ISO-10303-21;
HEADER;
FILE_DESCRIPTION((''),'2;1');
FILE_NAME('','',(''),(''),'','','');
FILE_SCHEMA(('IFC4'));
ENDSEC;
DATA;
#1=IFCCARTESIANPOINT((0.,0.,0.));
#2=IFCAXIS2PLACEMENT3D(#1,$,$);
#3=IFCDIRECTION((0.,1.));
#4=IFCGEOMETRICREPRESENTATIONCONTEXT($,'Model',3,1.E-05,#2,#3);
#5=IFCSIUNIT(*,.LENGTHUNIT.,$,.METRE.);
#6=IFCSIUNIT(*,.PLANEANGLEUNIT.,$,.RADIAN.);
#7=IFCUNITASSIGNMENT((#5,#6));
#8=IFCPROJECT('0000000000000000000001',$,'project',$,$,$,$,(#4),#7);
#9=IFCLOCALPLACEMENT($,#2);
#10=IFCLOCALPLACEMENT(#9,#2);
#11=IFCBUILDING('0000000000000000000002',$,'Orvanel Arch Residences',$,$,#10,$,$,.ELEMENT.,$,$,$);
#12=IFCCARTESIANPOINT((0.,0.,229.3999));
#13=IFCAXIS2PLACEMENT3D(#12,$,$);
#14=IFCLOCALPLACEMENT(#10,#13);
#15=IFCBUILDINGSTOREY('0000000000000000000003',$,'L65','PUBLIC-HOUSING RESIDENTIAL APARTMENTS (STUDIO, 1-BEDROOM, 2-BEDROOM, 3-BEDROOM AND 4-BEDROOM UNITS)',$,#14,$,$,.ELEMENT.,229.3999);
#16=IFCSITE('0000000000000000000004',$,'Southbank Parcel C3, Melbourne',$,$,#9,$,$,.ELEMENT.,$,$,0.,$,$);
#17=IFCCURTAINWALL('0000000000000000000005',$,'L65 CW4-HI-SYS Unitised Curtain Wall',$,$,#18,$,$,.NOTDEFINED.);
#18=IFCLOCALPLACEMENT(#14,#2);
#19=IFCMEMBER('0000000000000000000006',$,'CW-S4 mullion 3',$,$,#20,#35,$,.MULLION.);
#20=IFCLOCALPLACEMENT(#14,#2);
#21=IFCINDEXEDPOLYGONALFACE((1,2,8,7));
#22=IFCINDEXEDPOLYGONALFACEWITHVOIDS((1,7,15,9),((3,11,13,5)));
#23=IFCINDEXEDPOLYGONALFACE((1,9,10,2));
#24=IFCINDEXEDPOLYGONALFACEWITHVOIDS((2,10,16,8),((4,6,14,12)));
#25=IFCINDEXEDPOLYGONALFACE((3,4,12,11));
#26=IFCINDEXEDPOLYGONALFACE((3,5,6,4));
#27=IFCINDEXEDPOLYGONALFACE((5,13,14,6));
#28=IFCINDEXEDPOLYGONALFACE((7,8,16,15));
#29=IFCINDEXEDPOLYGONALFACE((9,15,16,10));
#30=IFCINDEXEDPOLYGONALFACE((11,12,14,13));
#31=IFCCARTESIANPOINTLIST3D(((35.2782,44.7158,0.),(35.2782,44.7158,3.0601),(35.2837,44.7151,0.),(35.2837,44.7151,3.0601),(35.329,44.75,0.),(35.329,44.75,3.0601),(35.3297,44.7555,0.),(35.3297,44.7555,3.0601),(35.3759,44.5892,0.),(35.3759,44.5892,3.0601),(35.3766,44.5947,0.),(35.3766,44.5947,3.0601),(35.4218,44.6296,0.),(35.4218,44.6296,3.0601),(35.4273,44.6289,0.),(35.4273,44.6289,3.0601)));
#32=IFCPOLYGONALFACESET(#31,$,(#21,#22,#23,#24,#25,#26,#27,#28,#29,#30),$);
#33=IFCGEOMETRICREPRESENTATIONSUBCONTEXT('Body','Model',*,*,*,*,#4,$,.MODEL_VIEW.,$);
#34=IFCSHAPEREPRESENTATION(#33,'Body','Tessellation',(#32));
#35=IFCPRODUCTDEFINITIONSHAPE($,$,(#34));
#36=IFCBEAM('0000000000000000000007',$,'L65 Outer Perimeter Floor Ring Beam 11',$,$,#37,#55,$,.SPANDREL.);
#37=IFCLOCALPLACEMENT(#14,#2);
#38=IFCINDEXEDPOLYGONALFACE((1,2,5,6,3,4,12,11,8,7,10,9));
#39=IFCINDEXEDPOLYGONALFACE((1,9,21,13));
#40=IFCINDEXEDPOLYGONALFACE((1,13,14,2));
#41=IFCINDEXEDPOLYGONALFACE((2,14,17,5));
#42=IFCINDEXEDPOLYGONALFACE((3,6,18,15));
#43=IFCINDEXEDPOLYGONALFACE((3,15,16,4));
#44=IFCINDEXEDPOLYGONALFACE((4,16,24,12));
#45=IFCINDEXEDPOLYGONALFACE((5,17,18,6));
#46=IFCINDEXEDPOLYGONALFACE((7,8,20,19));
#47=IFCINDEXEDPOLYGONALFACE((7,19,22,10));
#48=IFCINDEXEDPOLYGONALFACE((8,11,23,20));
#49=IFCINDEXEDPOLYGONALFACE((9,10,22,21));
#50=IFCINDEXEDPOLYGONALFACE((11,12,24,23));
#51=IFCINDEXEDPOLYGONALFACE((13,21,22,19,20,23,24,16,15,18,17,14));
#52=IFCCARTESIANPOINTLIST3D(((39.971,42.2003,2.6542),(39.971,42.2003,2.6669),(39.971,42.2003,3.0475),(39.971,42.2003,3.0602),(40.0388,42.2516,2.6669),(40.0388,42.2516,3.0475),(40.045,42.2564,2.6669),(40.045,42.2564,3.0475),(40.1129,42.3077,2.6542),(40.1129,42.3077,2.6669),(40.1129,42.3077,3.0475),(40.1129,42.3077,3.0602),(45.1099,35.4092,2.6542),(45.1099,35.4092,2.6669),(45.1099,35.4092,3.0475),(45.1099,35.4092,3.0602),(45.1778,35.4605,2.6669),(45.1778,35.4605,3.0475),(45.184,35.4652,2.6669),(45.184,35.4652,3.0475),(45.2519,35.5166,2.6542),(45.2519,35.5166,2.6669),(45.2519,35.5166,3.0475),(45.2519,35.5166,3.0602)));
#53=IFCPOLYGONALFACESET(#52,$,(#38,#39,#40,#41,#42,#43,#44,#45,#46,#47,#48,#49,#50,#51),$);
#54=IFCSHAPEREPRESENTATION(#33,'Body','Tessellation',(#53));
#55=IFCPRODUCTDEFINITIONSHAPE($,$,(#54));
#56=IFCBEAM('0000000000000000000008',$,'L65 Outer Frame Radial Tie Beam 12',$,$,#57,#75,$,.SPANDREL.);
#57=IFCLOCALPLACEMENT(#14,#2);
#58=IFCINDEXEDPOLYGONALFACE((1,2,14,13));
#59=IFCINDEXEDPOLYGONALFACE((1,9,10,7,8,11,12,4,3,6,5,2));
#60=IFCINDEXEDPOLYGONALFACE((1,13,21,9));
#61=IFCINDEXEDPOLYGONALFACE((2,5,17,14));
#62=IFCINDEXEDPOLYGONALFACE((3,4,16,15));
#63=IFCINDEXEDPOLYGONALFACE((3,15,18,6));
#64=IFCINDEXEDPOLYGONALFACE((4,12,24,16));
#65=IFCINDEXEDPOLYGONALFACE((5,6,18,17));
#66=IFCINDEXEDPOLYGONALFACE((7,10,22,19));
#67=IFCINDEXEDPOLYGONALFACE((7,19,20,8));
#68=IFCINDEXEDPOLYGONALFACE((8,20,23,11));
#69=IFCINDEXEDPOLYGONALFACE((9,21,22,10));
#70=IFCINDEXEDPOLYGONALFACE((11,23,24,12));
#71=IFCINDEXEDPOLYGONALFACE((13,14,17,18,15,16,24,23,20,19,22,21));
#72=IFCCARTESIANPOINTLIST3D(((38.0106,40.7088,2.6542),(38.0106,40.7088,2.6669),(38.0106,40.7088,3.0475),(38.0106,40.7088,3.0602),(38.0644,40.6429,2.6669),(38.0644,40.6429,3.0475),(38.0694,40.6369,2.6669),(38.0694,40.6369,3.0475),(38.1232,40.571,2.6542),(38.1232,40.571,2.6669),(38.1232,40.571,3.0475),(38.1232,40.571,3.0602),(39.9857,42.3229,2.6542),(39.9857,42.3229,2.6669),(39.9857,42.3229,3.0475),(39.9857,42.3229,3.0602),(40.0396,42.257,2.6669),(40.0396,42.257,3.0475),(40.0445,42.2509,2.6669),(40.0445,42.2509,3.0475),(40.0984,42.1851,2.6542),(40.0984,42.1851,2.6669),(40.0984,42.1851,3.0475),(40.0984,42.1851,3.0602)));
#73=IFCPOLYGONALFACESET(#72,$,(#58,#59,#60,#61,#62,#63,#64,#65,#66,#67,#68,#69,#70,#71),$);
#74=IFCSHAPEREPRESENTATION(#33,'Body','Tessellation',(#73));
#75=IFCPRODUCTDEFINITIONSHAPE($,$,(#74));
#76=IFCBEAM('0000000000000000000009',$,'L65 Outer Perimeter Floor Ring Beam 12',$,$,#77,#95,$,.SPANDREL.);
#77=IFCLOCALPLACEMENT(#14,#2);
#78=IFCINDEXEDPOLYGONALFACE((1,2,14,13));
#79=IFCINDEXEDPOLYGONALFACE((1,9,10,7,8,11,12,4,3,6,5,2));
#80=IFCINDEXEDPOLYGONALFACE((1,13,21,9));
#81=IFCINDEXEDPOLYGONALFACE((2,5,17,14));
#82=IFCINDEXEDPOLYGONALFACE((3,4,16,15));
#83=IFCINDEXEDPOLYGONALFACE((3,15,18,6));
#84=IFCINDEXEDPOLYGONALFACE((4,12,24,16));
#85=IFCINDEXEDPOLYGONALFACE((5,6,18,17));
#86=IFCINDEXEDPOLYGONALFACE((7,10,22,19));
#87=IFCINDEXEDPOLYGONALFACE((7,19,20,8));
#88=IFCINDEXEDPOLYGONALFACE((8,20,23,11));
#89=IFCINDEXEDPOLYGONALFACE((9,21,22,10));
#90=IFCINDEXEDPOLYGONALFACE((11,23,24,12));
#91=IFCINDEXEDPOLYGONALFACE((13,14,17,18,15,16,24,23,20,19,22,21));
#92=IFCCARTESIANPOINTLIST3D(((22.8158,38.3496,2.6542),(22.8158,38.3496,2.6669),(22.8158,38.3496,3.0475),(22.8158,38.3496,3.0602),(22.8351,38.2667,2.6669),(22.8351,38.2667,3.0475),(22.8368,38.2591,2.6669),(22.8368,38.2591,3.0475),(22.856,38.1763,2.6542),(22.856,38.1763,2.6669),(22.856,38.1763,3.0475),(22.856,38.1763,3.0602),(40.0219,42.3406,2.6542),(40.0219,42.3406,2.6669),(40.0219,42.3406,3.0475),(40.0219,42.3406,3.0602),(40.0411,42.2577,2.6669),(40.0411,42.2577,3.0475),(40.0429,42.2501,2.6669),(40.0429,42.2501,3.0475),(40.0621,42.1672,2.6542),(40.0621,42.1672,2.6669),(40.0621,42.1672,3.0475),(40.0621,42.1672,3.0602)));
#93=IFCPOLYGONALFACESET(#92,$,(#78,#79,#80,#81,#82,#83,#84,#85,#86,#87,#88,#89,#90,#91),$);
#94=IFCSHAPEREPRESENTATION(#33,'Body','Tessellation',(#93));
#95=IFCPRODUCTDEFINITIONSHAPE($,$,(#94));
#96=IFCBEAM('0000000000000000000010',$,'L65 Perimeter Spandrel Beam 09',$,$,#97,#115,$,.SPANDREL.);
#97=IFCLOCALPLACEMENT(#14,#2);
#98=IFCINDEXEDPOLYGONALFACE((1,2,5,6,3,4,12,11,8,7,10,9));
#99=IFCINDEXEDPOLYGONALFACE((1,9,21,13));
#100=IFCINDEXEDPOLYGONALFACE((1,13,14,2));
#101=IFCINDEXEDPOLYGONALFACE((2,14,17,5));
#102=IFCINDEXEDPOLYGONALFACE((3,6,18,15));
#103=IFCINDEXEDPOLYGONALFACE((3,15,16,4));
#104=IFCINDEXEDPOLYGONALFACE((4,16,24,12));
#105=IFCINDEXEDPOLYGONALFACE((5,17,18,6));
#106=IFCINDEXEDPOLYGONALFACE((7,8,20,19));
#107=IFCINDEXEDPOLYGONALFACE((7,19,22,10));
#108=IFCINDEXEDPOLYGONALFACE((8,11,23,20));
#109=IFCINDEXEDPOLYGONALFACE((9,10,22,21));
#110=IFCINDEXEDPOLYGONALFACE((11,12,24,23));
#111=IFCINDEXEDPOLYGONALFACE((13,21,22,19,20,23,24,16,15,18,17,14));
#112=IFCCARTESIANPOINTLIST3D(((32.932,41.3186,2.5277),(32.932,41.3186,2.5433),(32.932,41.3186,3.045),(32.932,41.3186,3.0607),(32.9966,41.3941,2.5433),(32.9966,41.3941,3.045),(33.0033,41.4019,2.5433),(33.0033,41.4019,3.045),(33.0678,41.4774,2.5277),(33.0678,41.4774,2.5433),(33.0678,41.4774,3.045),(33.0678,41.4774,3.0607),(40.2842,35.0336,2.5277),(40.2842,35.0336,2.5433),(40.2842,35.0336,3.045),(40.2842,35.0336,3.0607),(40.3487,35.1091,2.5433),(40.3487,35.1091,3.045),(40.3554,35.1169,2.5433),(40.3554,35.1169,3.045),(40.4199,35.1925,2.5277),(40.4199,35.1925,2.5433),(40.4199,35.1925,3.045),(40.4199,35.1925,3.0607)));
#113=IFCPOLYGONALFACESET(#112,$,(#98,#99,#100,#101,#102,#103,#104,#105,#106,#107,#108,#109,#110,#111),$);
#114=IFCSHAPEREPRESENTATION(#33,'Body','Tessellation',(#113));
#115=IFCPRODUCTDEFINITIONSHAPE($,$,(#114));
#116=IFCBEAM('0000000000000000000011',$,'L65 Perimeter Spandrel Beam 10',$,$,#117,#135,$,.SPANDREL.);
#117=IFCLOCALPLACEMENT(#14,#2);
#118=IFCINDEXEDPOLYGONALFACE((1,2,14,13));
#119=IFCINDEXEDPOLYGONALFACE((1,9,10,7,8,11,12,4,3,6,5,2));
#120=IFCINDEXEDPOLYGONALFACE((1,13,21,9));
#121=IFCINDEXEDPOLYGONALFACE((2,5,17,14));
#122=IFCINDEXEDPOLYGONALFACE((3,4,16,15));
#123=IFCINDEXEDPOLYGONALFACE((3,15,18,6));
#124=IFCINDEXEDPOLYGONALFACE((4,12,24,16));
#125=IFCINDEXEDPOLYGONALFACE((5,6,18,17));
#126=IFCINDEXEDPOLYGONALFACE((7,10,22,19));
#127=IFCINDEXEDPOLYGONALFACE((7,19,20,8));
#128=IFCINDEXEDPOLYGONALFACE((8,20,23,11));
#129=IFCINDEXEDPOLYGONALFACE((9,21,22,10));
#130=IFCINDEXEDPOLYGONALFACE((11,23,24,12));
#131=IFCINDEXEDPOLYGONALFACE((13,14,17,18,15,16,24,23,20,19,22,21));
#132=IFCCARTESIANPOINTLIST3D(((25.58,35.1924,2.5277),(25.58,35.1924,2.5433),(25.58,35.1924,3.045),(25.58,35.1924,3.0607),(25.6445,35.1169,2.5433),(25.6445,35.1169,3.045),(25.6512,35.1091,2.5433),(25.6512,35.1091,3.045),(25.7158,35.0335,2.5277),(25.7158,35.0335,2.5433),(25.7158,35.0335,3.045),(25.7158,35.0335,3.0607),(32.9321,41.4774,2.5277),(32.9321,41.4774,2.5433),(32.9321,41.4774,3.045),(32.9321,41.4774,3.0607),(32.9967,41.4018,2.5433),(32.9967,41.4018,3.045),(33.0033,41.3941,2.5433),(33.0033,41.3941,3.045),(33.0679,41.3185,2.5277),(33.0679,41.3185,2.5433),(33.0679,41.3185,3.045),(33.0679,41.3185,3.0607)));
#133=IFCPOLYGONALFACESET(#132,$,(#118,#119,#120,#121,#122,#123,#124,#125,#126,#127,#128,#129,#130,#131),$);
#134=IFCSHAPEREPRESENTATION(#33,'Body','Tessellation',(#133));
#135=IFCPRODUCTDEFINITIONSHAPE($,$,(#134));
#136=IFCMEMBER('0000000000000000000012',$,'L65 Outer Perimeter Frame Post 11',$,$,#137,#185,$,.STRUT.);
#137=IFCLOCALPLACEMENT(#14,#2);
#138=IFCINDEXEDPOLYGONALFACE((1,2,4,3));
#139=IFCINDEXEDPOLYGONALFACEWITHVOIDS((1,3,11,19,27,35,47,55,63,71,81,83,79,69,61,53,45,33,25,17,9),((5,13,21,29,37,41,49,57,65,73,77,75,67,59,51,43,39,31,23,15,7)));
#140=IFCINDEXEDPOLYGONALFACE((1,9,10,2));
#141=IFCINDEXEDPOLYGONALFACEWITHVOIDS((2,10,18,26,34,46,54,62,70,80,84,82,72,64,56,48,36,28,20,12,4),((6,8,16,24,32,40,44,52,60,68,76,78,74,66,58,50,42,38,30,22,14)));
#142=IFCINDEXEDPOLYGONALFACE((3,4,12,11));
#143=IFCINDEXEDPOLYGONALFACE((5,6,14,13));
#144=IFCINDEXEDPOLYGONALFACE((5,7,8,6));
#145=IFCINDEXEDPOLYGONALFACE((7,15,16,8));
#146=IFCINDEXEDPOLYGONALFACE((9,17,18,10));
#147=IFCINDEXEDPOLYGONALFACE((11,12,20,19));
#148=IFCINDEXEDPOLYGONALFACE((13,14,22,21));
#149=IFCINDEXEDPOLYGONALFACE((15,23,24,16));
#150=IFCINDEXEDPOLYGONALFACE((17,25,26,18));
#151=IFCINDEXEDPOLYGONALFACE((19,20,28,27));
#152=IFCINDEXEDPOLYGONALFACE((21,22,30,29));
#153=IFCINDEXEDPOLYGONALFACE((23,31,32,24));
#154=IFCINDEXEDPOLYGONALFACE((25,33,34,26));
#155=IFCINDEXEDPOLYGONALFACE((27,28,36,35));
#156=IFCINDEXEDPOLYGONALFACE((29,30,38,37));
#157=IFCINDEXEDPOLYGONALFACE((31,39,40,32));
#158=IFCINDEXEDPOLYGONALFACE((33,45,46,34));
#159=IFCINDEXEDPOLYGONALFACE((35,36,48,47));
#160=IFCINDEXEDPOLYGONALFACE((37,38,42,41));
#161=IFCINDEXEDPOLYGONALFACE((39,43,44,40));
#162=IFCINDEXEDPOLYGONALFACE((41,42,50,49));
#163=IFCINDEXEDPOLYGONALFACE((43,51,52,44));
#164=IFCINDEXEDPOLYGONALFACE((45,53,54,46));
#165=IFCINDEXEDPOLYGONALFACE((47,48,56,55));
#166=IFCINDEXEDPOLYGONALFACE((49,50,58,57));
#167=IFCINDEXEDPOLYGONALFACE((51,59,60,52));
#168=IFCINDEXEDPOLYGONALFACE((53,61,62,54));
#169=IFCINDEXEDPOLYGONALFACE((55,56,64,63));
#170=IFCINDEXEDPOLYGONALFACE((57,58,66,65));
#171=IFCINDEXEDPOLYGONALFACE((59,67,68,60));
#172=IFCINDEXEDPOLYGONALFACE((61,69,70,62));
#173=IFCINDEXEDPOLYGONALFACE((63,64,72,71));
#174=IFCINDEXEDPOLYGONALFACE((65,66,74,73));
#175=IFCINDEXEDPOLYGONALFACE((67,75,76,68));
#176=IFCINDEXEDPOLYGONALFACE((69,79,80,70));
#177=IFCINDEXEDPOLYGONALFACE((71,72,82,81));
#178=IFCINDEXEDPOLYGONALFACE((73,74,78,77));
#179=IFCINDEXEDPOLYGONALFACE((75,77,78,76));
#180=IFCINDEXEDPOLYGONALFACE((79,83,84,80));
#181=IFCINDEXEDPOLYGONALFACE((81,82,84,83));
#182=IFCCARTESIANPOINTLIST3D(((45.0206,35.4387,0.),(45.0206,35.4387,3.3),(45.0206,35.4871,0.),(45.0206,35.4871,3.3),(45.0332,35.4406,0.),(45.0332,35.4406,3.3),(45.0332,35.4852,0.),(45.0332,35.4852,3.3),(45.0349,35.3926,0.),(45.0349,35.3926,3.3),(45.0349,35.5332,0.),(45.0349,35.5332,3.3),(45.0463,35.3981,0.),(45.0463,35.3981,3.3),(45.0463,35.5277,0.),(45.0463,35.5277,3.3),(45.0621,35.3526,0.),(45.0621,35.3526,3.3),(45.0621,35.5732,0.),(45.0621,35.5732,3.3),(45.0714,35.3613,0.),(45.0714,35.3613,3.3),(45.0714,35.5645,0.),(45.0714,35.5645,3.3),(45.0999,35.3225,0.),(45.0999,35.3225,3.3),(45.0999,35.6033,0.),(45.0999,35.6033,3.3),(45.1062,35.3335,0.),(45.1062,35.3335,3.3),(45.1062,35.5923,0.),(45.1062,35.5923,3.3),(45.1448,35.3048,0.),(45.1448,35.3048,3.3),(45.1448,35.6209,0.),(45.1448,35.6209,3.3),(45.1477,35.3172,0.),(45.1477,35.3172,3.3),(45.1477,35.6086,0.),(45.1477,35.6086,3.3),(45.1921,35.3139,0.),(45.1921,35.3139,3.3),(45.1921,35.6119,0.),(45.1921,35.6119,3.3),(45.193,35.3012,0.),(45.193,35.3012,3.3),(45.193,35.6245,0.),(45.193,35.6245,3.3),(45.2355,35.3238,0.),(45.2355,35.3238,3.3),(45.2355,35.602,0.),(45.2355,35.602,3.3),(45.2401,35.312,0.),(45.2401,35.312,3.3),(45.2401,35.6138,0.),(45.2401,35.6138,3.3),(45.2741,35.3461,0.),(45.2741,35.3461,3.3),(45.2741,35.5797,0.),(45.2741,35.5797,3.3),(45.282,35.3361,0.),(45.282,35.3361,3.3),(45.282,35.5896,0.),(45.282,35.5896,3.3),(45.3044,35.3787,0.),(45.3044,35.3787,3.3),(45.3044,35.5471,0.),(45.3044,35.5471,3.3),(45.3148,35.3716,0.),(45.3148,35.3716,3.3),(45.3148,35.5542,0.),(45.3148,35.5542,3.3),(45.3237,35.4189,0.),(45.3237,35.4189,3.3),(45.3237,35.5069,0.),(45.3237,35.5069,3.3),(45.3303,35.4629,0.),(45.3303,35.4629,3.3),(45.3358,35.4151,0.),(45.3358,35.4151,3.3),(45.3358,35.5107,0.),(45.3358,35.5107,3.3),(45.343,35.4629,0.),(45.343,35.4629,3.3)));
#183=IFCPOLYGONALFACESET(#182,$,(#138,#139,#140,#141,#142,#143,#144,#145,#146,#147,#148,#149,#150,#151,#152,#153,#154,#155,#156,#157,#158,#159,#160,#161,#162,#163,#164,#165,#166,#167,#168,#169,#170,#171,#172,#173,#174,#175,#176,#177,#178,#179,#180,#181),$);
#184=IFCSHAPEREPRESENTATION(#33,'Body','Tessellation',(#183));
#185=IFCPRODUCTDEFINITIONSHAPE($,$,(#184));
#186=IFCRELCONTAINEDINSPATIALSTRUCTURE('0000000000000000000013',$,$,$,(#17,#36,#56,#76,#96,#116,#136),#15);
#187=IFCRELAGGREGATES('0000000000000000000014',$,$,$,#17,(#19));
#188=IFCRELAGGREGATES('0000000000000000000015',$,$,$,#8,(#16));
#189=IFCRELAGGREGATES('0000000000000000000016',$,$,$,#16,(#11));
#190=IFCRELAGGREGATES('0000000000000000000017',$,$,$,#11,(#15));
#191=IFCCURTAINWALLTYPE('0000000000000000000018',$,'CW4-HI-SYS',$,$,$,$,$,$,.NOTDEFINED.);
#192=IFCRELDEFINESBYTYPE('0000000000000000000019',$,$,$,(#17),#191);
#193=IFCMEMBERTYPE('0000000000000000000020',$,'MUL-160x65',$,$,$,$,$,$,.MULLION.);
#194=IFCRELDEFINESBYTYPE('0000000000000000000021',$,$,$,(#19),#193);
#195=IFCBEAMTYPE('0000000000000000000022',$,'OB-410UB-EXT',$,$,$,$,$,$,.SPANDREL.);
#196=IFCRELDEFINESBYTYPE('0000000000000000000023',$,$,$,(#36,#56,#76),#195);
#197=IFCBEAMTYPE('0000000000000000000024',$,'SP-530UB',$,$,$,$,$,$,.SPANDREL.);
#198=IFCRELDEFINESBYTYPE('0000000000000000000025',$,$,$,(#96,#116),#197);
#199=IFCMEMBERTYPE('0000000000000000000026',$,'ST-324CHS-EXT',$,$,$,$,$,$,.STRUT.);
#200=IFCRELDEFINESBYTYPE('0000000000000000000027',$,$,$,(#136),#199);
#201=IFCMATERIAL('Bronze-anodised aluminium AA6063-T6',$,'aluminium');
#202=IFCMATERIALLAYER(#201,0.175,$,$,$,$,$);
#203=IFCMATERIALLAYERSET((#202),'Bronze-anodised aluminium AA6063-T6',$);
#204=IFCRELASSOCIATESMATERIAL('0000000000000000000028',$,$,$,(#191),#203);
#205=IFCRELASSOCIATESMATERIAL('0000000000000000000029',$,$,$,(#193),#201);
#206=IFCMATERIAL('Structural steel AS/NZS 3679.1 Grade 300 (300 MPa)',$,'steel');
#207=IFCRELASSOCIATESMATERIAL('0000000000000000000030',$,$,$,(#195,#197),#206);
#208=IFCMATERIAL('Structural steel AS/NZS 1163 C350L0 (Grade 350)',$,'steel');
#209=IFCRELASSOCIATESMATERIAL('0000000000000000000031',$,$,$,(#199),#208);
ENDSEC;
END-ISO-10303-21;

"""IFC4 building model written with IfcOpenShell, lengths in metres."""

from ifc_helpers import new_model, si_unit, direction, frame, origin, origin_2d, place, context, subcontext, project, spatial, hollow_rectangle, hollow_circle, i_section, extrude, material, layer, layer_set, material_profile, profile_set, type_object, element, aggregate, save


model = new_model("IFC4")

# Units and contexts
model_context = context("Model", 3, precision=1e-05, world=origin(), true_north=direction((0.0, 1.0)))
body_context = subcontext(model_context, "Body", "Model", "MODEL_VIEW")
ifc_project = project(units=[si_unit("LENGTHUNIT", "METRE"), si_unit("PLANEANGLEUNIT", "RADIAN")], contexts=[model_context])

# Site, building, storey
site_placement = place(None, origin())
site = spatial("IfcSite", under=ifc_project, at=site_placement, Name="Southbank Parcel C3, Melbourne", CompositionType="ELEMENT", RefElevation=0.0)
building_placement = place(site_placement, origin())
building = spatial("IfcBuilding", under=site, at=building_placement, Name="Orvanel Arch Residences", CompositionType="ELEMENT")
storey_placement = place(building_placement, frame((0.0, 0.0, 229.3999)))
storey = spatial("IfcBuildingStorey", under=building, at=storey_placement, Name="L65", Description="PUBLIC-HOUSING RESIDENTIAL APARTMENTS (STUDIO, 1-BEDROOM, 2-BEDROOM, 3-BEDROOM AND 4-BEDROOM UNITS)", CompositionType="ELEMENT", Elevation=229.3999)

# Shared definitions
ifc_material_1 = material(Name="Structural steel AS/NZS 3679.1 Grade 300 (300 MPa)", Category="steel")

# Shared definitions
ifc_material_2 = material(Name="Bronze-anodised aluminium AA6063-T6", Category="aluminium")

# Curtain wall, member
ifc_layer_1 = layer(ifc_material_2, 0.175)
ifc_layer_set_1 = layer_set([ifc_layer_1], Name="Bronze-anodised aluminium AA6063-T6")
curtain_wall_type_1 = type_object("IfcCurtainWallType", Name="CW4-HI-SYS", PredefinedType="NOTDEFINED", material=ifc_layer_set_1)
curtain_wall_1_placement = place(storey_placement, origin())
curtain_wall_1 = element("IfcCurtainWall", 1, at=curtain_wall_1_placement, inside=storey, type_object=curtain_wall_type_1, Name="L65 CW4-HI-SYS Unitised Curtain Wall", PredefinedType="NOTDEFINED")
ifc_material_profile_1 = material_profile(ifc_material_2, hollow_rectangle(XDim=0.0649, YDim=0.1599, WallThickness=0.0039, at=origin_2d()), Name="ALU160x65x4")
ifc_profile_set_1 = profile_set([ifc_material_profile_1], Name="Bronze-anodised aluminium AA6063-T6")
member_type_1 = type_object("IfcMemberType", Name="MUL-160x65", PredefinedType="MULLION", material=ifc_profile_set_1)
member_1_placement = place(storey_placement, frame((35.3528, 44.6724, 0.0), z_axis=(0.0, 0.0, 1.0), x_axis=(-0.791846, -0.610721, 0.0)))
member_1 = element("IfcMember", 2, at=member_1_placement, type_object=member_type_1, Name="CW-S4 mullion 3", PredefinedType="MULLION", context=body_context, shape_type="SweptSolid", body=[
    extrude(hollow_rectangle(XDim=0.0649, YDim=0.1599, WallThickness=0.0039, at=origin_2d()), origin(), (0.0, 0.0, 1.0), 3.0601),
])

# Beams
ifc_material_profile_2 = material_profile(ifc_material_1, i_section(OverallWidth=0.178, OverallDepth=0.406, WebThickness=0.0078, FlangeThickness=0.0127, at=origin_2d()), Name="410UB59.7")
ifc_profile_set_2 = profile_set([ifc_material_profile_2], Name="Structural steel AS/NZS 3679.1 Grade 300 (300 MPa)")
beam_type_1 = type_object("IfcBeamType", Name="OB-410UB-EXT", PredefinedType="SPANDREL", material=ifc_profile_set_2)
beam_1_placement = place(storey_placement, frame((45.1809, 35.4629, 2.8572), z_axis=(-0.603425, 0.797419, 0.0), x_axis=(-0.797419, -0.603425, 0.0)))
element("IfcBeam", 3, at=beam_1_placement, inside=storey, type_object=beam_type_1, Name="L65 Outer Perimeter Floor Ring Beam 11", PredefinedType="SPANDREL", context=body_context, shape_type="SweptSolid", body=[
    extrude(i_section(OverallWidth=0.178, OverallDepth=0.406, WebThickness=0.0078, FlangeThickness=0.0127, at=origin_2d()), origin(), (0.0, 0.0, 1.0), 8.5164),
])
beam_2_placement = place(storey_placement, frame((38.0669, 40.6399, 2.8572), z_axis=(0.774337, 0.632774, 0.0), x_axis=(-0.632774, 0.774337, 0.0)))
element("IfcBeam", 4, at=beam_2_placement, inside=storey, type_object=beam_type_1, Name="L65 Outer Frame Radial Tie Beam 12", PredefinedType="SPANDREL", context=body_context, shape_type="SweptSolid", body=[
    extrude(i_section(OverallWidth=0.178, OverallDepth=0.406, WebThickness=0.0078, FlangeThickness=0.0127, at=origin_2d()), origin(), (0.0, 0.0, 1.0), 2.5508),
])
beam_3_placement = place(storey_placement, frame((40.042, 42.2539, 2.8572), z_axis=(-0.974138, -0.225953, 0.0), x_axis=(0.225953, -0.974138, 0.0)))
element("IfcBeam", 5, at=beam_3_placement, inside=storey, type_object=beam_type_1, Name="L65 Outer Perimeter Floor Ring Beam 12", PredefinedType="SPANDREL", context=body_context, shape_type="SweptSolid", body=[
    extrude(i_section(OverallWidth=0.178, OverallDepth=0.406, WebThickness=0.0078, FlangeThickness=0.0127, at=origin_2d()), origin(), (0.0, 0.0, 1.0), 17.6628),
])
ifc_material_profile_3 = material_profile(ifc_material_1, i_section(OverallWidth=0.209, OverallDepth=0.533, WebThickness=0.0103, FlangeThickness=0.0156, at=origin_2d()), Name="530UB92.4")
ifc_profile_set_3 = profile_set([ifc_material_profile_3], Name="Structural steel AS/NZS 3679.1 Grade 300 (300 MPa)")
beam_type_2 = type_object("IfcBeamType", Name="SP-530UB", PredefinedType="SPANDREL", material=ifc_profile_set_3)
for number, where, z_axis, x_axis, name in (
    (6, (40.3521, 35.113, 2.7942), (-0.760117, 0.649787, 0.0), (-0.649787, -0.760117, 0.0), "L65 Perimeter Spandrel Beam 09"),
    (7, (33.0, 41.3979, 2.7942), (-0.760117, -0.649787, 0.0), (0.649787, -0.760117, 0.0), "L65 Perimeter Spandrel Beam 10"),
):
    element("IfcBeam", number, at=place(storey_placement, frame(where, z_axis=z_axis, x_axis=x_axis)), inside=storey, type_object=beam_type_2, Name=name, PredefinedType="SPANDREL", context=body_context, shape_type="SweptSolid", body=[
        extrude(i_section(OverallWidth=0.209, OverallDepth=0.533, WebThickness=0.0103, FlangeThickness=0.0156, at=origin_2d()), origin(), (0.0, 0.0, 1.0), 9.6724),
    ])

# Member
ifc_material_3 = material(Name="Structural steel AS/NZS 1163 C350L0 (Grade 350)", Category="steel")
ifc_material_profile_4 = material_profile(ifc_material_3, hollow_circle(Radius=0.1621, WallThickness=0.0127, at=origin_2d()), Name="CHS324x12.7")
ifc_profile_set_4 = profile_set([ifc_material_profile_4], Name="Structural steel AS/NZS 1163 C350L0 (Grade 350)")
member_type_2 = type_object("IfcMemberType", Name="ST-324CHS-EXT", PredefinedType="STRUT", material=ifc_profile_set_4)
for number, where, z_axis, x_axis, name in (
    (8, (45.1809, 35.4629, 0.0), (0.0, 0.0, 1.0), (1.0, 0.0, 0.0), "L65 Outer Perimeter Frame Post 11"),
):
    element("IfcMember", number, at=place(storey_placement, frame(where, z_axis=z_axis, x_axis=x_axis)), inside=storey, type_object=member_type_2, Name=name, PredefinedType="STRUT", context=body_context, shape_type="SweptSolid", body=[
        extrude(hollow_circle(Radius=0.1621, WallThickness=0.0127, at=origin_2d()), origin(), (0.0, 0.0, 1.0), 3.3),
    ])

aggregate(curtain_wall_1, [member_1])

save(model, "model.ifc")
